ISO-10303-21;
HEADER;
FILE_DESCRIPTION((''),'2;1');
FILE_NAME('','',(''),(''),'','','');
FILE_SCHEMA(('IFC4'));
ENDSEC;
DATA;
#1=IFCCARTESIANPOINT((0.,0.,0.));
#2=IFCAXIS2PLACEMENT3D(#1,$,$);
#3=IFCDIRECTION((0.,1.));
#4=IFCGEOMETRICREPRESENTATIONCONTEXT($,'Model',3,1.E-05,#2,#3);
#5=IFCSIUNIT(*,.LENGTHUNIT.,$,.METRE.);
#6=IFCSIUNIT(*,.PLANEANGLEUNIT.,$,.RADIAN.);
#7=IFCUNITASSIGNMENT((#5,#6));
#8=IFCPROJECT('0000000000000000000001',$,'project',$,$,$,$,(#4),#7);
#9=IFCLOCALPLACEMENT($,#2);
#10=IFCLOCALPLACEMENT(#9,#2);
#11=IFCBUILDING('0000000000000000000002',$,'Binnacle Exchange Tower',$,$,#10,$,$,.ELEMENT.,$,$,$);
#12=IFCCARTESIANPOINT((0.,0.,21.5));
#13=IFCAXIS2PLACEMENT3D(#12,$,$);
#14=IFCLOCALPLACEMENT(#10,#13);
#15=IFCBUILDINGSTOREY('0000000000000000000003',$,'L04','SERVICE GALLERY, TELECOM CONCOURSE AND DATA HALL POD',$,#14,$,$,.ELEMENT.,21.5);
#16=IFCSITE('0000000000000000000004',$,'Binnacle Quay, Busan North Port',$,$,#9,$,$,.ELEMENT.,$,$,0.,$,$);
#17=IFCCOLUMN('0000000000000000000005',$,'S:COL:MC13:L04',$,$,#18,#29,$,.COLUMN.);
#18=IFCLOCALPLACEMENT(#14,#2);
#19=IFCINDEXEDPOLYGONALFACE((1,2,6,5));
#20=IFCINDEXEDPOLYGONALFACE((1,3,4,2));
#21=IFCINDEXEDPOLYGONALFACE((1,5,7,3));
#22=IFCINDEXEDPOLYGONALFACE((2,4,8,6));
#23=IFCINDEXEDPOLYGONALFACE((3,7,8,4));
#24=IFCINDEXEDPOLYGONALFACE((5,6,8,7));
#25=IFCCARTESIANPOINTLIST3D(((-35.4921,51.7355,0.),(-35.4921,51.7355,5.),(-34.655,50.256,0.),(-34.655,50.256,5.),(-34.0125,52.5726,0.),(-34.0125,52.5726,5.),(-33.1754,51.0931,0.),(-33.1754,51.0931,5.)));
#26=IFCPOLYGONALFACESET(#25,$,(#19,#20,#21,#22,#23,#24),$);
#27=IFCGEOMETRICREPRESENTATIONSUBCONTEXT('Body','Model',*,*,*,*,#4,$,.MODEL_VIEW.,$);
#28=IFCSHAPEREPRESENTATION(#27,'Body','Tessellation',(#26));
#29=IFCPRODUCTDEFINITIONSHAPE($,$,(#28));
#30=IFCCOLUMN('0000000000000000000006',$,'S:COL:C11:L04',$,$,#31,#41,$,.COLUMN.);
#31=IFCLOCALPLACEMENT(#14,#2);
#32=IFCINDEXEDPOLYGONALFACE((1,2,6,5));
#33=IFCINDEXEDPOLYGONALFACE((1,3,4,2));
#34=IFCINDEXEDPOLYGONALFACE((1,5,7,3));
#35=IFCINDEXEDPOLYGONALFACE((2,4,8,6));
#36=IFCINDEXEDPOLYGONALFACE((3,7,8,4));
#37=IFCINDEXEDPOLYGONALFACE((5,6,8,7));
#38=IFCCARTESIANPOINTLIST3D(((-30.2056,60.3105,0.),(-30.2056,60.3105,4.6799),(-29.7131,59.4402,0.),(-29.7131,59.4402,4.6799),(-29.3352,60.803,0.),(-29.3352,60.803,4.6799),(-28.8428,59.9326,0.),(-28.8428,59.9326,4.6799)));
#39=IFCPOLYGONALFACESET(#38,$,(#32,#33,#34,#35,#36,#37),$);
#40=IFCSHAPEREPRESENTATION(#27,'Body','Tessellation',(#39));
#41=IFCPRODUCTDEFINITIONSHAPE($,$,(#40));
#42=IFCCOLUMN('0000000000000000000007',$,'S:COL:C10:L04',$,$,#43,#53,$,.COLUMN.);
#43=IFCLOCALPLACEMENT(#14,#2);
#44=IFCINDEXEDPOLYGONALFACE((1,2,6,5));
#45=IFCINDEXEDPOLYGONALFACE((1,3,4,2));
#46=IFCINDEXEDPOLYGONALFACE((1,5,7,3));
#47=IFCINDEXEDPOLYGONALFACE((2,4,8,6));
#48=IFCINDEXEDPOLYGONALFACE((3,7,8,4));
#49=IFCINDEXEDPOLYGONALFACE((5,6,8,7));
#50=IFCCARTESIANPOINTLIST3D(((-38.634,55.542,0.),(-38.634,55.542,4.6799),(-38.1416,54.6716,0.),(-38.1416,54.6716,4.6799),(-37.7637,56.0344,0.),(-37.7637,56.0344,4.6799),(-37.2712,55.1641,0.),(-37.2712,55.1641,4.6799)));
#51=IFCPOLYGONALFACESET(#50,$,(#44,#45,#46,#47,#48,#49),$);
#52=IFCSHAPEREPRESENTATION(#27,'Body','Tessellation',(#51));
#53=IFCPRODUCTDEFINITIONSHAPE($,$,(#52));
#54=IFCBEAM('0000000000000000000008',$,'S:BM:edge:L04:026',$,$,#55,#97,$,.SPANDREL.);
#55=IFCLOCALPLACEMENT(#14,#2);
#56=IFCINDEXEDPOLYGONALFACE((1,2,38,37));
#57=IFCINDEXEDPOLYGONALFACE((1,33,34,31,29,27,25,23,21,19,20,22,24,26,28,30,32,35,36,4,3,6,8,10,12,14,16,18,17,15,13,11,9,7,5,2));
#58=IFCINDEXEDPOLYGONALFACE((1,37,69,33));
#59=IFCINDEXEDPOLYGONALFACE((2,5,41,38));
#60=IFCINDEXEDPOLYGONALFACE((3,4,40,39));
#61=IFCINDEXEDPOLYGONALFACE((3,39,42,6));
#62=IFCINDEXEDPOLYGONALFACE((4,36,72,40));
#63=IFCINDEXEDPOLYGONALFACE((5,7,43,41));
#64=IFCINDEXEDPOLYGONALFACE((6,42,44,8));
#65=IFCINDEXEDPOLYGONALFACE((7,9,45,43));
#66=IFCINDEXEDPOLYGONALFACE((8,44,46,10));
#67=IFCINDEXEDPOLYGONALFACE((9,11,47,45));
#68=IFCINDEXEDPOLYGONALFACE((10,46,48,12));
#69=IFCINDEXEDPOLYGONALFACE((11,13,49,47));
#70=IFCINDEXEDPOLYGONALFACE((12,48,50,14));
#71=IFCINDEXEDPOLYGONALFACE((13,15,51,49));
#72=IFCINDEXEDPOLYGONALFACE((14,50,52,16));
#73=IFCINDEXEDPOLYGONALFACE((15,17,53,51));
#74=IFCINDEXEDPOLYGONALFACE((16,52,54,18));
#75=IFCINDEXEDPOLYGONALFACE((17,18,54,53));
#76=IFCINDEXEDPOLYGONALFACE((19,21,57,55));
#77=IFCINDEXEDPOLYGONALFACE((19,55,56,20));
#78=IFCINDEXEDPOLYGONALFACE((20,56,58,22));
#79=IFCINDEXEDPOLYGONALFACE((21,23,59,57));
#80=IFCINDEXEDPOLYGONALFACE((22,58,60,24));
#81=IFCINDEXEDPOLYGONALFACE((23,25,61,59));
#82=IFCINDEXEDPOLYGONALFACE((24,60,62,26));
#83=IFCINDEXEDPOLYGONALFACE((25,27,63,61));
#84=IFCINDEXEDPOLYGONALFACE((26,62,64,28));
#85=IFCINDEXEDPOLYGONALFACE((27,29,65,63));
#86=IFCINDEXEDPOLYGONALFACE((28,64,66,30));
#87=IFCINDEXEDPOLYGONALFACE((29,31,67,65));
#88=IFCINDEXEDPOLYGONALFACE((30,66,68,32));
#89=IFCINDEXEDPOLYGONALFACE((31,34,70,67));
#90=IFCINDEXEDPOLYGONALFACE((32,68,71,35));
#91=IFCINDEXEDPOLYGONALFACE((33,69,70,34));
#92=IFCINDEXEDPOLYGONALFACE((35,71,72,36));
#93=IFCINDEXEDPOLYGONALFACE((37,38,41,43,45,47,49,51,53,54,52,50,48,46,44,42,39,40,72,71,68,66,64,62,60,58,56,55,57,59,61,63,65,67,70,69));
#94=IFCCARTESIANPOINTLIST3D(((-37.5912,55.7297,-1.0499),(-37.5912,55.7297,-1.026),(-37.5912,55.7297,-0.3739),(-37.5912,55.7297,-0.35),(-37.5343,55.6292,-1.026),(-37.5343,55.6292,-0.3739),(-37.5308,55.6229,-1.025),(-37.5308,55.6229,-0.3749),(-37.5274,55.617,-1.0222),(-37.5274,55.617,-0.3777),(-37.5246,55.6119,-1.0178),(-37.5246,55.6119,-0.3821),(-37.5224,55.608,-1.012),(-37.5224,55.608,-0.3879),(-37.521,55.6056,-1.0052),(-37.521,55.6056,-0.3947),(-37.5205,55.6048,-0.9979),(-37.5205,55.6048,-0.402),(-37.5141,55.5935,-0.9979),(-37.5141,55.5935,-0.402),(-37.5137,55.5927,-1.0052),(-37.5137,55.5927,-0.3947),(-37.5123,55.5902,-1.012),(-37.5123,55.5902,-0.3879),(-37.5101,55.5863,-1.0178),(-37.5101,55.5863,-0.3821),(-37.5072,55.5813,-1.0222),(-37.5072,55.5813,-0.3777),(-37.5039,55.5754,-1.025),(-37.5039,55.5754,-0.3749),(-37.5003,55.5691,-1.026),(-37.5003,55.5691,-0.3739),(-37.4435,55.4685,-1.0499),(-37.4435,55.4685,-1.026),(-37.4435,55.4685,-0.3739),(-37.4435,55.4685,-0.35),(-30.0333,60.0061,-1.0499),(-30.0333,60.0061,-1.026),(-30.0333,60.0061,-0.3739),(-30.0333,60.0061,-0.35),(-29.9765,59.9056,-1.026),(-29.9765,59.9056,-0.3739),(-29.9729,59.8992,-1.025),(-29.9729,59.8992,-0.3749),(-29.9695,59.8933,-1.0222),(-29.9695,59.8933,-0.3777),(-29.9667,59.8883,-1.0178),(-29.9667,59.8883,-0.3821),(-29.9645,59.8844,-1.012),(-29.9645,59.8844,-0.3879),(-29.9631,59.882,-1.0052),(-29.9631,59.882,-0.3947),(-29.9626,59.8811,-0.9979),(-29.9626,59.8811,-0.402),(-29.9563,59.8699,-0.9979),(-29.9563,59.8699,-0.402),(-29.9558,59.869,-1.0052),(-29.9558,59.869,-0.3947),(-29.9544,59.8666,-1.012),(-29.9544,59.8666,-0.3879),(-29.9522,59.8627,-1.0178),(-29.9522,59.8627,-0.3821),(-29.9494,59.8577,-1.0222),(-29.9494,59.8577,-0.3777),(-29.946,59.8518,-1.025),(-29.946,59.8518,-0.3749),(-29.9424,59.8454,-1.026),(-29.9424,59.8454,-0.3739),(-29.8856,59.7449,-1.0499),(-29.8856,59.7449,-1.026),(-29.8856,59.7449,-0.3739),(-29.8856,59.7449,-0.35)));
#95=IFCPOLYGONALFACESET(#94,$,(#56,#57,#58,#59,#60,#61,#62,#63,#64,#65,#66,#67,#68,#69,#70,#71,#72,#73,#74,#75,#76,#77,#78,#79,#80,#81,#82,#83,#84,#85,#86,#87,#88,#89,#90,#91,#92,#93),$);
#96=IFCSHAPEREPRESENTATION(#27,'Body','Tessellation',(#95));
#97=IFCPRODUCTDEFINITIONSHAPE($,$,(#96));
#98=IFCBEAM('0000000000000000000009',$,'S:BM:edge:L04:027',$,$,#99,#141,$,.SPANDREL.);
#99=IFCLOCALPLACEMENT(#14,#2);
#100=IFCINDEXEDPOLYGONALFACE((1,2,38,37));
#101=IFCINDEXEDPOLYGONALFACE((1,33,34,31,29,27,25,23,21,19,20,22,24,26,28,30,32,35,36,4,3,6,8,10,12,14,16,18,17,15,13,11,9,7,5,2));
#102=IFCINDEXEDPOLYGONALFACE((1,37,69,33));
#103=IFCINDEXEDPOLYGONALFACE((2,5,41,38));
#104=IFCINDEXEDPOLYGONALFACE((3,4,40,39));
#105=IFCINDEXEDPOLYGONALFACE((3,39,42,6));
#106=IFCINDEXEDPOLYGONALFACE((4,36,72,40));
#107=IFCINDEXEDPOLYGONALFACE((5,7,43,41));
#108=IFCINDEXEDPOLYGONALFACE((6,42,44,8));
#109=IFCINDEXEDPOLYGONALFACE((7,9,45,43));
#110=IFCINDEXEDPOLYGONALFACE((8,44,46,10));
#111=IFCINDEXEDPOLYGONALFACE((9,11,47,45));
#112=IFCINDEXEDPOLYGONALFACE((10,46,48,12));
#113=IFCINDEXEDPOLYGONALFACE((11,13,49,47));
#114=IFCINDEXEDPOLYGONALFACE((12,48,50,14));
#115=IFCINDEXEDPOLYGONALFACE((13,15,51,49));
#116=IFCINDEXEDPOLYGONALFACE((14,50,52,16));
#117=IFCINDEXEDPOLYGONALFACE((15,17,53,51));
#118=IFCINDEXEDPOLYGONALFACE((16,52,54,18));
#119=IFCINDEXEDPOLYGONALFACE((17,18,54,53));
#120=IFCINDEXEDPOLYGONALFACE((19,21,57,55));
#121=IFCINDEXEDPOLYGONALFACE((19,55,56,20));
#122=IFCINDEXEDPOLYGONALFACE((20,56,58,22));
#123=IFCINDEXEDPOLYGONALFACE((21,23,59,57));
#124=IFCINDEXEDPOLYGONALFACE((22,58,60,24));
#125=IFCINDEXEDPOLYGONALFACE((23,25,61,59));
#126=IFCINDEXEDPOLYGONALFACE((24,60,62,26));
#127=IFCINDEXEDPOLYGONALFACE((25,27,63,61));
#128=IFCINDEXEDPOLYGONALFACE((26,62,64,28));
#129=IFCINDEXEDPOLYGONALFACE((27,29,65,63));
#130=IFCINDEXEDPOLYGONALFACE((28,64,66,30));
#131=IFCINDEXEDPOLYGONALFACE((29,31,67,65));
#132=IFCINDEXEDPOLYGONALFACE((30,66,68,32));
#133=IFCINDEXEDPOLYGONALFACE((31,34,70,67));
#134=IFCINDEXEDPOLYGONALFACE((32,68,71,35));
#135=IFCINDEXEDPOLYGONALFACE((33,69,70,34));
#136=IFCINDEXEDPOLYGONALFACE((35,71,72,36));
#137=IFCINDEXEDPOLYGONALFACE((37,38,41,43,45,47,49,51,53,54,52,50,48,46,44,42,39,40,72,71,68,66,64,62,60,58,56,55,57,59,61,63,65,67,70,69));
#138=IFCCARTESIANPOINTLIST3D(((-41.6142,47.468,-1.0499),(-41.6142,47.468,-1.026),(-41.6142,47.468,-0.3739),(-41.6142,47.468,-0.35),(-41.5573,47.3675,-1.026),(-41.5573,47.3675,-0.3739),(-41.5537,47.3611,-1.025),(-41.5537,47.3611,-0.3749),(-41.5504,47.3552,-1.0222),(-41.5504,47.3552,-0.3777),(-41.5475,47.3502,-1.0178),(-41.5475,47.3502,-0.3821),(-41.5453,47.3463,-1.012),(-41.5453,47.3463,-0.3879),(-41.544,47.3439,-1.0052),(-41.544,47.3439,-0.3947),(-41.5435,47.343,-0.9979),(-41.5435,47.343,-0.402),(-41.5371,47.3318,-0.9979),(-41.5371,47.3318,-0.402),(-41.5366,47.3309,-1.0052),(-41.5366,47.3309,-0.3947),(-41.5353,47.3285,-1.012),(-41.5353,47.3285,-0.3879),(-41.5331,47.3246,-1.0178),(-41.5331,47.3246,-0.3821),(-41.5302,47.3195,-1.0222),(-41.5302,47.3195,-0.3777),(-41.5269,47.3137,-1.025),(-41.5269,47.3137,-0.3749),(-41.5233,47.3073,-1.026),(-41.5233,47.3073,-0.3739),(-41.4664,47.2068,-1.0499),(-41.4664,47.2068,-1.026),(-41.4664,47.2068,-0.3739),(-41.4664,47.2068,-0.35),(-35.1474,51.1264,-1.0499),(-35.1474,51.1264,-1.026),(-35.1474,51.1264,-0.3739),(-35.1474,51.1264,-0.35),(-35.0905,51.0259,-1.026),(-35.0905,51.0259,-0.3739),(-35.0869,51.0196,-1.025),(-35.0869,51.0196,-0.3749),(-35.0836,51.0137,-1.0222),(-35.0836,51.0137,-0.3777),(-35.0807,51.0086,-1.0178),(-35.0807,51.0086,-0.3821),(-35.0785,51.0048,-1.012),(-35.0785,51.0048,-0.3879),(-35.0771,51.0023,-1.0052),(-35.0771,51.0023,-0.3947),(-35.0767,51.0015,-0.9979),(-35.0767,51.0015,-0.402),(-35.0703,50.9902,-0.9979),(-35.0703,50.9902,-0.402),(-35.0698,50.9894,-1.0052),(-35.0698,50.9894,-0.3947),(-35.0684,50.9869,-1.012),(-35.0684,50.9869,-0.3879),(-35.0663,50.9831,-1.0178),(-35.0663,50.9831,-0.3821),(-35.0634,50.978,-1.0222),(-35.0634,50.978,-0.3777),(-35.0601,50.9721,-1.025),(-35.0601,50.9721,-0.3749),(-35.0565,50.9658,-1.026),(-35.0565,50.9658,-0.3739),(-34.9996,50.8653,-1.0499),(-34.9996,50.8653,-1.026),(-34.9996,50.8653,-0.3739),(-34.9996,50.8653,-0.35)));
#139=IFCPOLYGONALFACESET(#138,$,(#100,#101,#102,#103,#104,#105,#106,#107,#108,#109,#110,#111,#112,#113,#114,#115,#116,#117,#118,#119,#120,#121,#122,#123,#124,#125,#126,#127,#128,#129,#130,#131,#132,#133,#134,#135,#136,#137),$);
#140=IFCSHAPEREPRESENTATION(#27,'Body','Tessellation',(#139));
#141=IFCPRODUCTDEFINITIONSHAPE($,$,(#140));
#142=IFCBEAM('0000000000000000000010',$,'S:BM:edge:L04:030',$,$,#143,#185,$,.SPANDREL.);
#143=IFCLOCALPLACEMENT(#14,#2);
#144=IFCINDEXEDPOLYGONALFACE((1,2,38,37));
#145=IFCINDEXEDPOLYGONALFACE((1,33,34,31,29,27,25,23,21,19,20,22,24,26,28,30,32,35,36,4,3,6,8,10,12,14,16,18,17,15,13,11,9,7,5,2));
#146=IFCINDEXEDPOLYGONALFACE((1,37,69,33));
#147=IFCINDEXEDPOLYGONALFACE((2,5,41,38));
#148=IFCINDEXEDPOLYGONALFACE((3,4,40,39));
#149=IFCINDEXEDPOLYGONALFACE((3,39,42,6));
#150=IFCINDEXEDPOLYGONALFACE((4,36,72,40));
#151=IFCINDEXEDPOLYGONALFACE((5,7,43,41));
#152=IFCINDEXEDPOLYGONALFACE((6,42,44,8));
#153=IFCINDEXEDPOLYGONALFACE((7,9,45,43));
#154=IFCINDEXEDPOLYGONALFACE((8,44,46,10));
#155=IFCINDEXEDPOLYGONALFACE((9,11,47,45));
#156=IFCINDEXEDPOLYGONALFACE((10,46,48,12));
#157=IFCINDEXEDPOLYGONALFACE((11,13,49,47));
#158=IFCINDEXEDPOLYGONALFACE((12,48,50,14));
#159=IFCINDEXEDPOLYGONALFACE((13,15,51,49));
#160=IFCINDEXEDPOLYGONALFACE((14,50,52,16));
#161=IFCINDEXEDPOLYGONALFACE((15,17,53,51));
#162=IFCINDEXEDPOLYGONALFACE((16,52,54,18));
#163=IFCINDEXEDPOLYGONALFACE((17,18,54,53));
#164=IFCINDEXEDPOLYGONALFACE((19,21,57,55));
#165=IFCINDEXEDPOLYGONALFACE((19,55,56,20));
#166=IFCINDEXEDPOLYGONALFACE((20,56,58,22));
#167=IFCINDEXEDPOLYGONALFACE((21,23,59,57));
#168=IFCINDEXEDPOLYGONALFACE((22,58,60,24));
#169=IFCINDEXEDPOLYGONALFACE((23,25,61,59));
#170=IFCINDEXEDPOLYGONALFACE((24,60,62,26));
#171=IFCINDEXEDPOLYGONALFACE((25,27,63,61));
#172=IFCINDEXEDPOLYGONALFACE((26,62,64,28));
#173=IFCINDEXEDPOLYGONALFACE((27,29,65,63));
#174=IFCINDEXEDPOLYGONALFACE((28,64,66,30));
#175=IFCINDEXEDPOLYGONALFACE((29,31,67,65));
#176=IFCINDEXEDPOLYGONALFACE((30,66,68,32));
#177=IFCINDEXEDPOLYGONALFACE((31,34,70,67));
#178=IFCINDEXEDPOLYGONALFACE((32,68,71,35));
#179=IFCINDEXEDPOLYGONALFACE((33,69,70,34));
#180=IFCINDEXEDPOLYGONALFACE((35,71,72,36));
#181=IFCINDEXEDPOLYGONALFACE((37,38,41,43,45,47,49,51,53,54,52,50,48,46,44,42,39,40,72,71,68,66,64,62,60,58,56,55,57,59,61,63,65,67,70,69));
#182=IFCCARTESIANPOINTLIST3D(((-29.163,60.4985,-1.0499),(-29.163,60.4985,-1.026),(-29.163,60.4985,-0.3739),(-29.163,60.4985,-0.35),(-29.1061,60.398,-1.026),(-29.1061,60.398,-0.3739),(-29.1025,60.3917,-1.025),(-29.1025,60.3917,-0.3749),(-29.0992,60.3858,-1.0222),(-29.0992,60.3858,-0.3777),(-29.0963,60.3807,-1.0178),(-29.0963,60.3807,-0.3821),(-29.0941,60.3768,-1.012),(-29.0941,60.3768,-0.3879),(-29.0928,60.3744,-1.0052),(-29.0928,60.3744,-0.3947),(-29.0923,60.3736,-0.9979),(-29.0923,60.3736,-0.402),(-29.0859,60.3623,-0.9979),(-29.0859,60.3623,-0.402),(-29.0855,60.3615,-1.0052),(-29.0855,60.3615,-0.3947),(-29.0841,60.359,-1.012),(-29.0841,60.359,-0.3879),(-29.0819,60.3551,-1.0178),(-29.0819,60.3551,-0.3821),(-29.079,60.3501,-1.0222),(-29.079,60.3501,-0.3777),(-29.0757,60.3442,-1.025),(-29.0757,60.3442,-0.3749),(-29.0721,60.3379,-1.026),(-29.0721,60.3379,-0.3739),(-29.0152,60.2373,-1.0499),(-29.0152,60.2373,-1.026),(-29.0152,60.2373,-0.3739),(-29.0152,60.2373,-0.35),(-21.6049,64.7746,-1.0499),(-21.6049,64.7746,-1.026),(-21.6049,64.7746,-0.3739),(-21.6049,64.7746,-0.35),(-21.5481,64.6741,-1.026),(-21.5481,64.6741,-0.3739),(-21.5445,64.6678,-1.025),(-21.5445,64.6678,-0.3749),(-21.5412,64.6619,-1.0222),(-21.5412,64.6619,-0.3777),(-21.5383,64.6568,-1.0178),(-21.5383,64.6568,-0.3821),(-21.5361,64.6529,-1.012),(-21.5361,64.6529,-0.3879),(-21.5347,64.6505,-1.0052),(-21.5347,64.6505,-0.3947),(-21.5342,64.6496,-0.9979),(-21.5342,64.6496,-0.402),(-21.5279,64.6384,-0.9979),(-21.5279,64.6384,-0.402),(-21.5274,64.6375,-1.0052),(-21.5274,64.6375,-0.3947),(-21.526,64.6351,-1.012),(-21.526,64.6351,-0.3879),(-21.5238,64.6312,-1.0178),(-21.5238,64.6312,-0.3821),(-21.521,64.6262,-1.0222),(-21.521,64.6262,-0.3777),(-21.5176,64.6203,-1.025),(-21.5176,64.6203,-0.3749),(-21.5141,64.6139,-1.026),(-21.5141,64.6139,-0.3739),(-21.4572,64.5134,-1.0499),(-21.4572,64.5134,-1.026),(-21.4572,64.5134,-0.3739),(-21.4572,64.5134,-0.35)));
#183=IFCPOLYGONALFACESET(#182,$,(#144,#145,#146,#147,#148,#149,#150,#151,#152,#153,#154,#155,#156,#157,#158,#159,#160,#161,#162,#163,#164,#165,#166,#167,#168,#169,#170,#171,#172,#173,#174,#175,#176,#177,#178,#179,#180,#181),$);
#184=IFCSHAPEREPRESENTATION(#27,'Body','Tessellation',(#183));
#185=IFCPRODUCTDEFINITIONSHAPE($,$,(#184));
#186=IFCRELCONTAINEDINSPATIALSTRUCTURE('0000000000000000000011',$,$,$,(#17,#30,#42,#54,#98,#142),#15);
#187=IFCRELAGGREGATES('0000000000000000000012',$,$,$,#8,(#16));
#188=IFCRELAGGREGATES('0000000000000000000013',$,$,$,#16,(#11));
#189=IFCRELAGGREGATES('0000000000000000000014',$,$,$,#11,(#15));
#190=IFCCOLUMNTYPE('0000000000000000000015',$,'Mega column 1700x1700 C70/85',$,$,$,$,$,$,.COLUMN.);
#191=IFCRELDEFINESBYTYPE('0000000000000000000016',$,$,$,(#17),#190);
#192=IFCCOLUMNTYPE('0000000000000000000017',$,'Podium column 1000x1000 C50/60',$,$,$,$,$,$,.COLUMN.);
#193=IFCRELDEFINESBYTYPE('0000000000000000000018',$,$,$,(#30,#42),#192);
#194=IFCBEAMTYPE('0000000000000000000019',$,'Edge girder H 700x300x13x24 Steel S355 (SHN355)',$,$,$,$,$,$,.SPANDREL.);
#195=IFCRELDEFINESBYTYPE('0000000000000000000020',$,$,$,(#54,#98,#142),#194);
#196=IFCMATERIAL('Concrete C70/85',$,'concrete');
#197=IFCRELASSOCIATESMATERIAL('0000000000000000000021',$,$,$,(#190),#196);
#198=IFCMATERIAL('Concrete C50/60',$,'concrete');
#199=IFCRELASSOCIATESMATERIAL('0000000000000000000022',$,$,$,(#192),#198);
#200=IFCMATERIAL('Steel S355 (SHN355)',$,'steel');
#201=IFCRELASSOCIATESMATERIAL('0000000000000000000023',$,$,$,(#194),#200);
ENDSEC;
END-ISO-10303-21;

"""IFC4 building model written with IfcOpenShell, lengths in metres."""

from ifc_helpers import new_model, si_unit, direction, frame, origin, origin_2d, place, context, subcontext, project, spatial, rectangle, i_section, extrude, material, material_profile, profile_set, type_object, element, save


model = new_model("IFC4")

# Units and contexts
model_context = context("Model", 3, precision=1e-05, world=origin(), true_north=direction((0.0, 1.0)))
body_context = subcontext(model_context, "Body", "Model", "MODEL_VIEW")
ifc_project = project(units=[si_unit("LENGTHUNIT", "METRE"), si_unit("PLANEANGLEUNIT", "RADIAN")], contexts=[model_context])

# Site, building, storey
site_placement = place(None, origin())
site = spatial("IfcSite", under=ifc_project, at=site_placement, Name="Binnacle Quay, Busan North Port", CompositionType="ELEMENT", RefElevation=0.0)
building_placement = place(site_placement, origin())
building = spatial("IfcBuilding", under=site, at=building_placement, Name="Binnacle Exchange Tower", CompositionType="ELEMENT")
storey_placement = place(building_placement, frame((0.0, 0.0, 21.5)))
storey = spatial("IfcBuildingStorey", under=building, at=storey_placement, Name="L04", Description="SERVICE GALLERY, TELECOM CONCOURSE AND DATA HALL POD", CompositionType="ELEMENT", Elevation=21.5)

# Columns
ifc_material_1 = material(Name="Concrete C70/85", Category="concrete")
ifc_material_profile_1 = material_profile(ifc_material_1, rectangle(XDim=1.7, YDim=1.7, at=origin_2d()), Name="Mega column 1700x1700 C70/85")
ifc_profile_set_1 = profile_set([ifc_material_profile_1], Name="Concrete C70/85")
column_type_1 = type_object("IfcColumnType", Name="Mega column 1700x1700 C70/85", PredefinedType="COLUMN", material=ifc_profile_set_1)
column_placement = place(storey_placement, frame((-34.3337, 51.4143, 0.0), z_axis=(0.0, 0.0, 1.0), x_axis=(-0.870356, -0.492424, 0.0)))
element("IfcColumn", 1, at=column_placement, inside=storey, type_object=column_type_1, Name="S:COL:MC13:L04", PredefinedType="COLUMN", context=body_context, shape_type="SweptSolid", body=[
    extrude(rectangle(XDim=1.7, YDim=1.7, at=origin_2d()), origin(), (0.0, 0.0, 1.0), 5.0),
])
ifc_material_2 = material(Name="Concrete C50/60", Category="concrete")
ifc_material_profile_2 = material_profile(ifc_material_2, rectangle(XDim=1.0, YDim=1.0, at=origin_2d()), Name="Podium column 1000x1000 C50/60")
ifc_profile_set_2 = profile_set([ifc_material_profile_2], Name="Concrete C50/60")
column_type_2 = type_object("IfcColumnType", Name="Podium column 1000x1000 C50/60", PredefinedType="COLUMN", material=ifc_profile_set_2)
for number, where, z_axis, x_axis, name in (
    (2, (-29.5242, 60.1216, 0.0), (0.0, 0.0, 1.0), (-0.870356, -0.492424, 0.0), "S:COL:C11:L04"),
    (3, (-37.9526, 55.353, 0.0), (0.0, 0.0, 1.0), (-0.870356, -0.492424, 0.0), "S:COL:C10:L04"),
):
    element("IfcColumn", number, at=place(storey_placement, frame(where, z_axis=z_axis, x_axis=x_axis)), inside=storey, type_object=column_type_2, Name=name, PredefinedType="COLUMN", context=body_context, shape_type="SweptSolid", body=[
        extrude(rectangle(XDim=1.0, YDim=1.0, at=origin_2d()), origin(), (0.0, 0.0, 1.0), 4.6799),
    ])

# Beams
ifc_material_3 = material(Name="Steel S355 (SHN355)", Category="steel")
ifc_material_profile_3 = material_profile(ifc_material_3, i_section(OverallWidth=0.3, OverallDepth=0.7, WebThickness=0.0129, FlangeThickness=0.0239, FilletRadius=0.0281, at=origin_2d()), Name="H 700x300x13x24")
ifc_profile_set_3 = profile_set([ifc_material_profile_3], Name="Steel S355 (SHN355)")
beam_type_1 = type_object("IfcBeamType", Name="Edge girder H 700x300x13x24 Steel S355 (SHN355)", PredefinedType="SPANDREL", material=ifc_profile_set_3)
beam_1_placement = place(storey_placement, frame((-37.5173, 55.5991, -0.7), z_axis=(0.870339, 0.492453, 0.0), x_axis=(-0.492453, 0.870339, 0.0)))
element("IfcBeam", 4, at=beam_1_placement, inside=storey, type_object=beam_type_1, Name="S:BM:edge:L04:026", PredefinedType="SPANDREL", context=body_context, shape_type="SweptSolid", body=[
    extrude(i_section(OverallWidth=0.3, OverallDepth=0.7, WebThickness=0.0129, FlangeThickness=0.0239, FilletRadius=0.0281, at=origin_2d()), origin(), (0.0, 0.0, 1.0), 8.6838),
])
beam_2_placement = place(storey_placement, frame((-35.0735, 50.9958, -0.7), z_axis=(-0.870372, -0.492394, 0.0), x_axis=(0.492394, -0.870372, 0.0)))
element("IfcBeam", 5, at=beam_2_placement, inside=storey, type_object=beam_type_1, Name="S:BM:edge:L04:027", PredefinedType="SPANDREL", context=body_context, shape_type="SweptSolid", body=[
    extrude(i_section(OverallWidth=0.3, OverallDepth=0.7, WebThickness=0.0129, FlangeThickness=0.0239, FilletRadius=0.0281, at=origin_2d()), origin(), (0.0, 0.0, 1.0), 7.4299),
])
beam_3_placement = place(storey_placement, frame((-29.0891, 60.3679, -0.7), z_axis=(0.870358, 0.492419, 0.0), x_axis=(-0.492419, 0.870358, 0.0)))
element("IfcBeam", 6, at=beam_3_placement, inside=storey, type_object=beam_type_1, Name="S:BM:edge:L04:030", PredefinedType="SPANDREL", context=body_context, shape_type="SweptSolid", body=[
    extrude(i_section(OverallWidth=0.3, OverallDepth=0.7, WebThickness=0.0129, FlangeThickness=0.0239, FilletRadius=0.0281, at=origin_2d()), origin(), (0.0, 0.0, 1.0), 8.6838),
])

save(model, "model.ifc")
